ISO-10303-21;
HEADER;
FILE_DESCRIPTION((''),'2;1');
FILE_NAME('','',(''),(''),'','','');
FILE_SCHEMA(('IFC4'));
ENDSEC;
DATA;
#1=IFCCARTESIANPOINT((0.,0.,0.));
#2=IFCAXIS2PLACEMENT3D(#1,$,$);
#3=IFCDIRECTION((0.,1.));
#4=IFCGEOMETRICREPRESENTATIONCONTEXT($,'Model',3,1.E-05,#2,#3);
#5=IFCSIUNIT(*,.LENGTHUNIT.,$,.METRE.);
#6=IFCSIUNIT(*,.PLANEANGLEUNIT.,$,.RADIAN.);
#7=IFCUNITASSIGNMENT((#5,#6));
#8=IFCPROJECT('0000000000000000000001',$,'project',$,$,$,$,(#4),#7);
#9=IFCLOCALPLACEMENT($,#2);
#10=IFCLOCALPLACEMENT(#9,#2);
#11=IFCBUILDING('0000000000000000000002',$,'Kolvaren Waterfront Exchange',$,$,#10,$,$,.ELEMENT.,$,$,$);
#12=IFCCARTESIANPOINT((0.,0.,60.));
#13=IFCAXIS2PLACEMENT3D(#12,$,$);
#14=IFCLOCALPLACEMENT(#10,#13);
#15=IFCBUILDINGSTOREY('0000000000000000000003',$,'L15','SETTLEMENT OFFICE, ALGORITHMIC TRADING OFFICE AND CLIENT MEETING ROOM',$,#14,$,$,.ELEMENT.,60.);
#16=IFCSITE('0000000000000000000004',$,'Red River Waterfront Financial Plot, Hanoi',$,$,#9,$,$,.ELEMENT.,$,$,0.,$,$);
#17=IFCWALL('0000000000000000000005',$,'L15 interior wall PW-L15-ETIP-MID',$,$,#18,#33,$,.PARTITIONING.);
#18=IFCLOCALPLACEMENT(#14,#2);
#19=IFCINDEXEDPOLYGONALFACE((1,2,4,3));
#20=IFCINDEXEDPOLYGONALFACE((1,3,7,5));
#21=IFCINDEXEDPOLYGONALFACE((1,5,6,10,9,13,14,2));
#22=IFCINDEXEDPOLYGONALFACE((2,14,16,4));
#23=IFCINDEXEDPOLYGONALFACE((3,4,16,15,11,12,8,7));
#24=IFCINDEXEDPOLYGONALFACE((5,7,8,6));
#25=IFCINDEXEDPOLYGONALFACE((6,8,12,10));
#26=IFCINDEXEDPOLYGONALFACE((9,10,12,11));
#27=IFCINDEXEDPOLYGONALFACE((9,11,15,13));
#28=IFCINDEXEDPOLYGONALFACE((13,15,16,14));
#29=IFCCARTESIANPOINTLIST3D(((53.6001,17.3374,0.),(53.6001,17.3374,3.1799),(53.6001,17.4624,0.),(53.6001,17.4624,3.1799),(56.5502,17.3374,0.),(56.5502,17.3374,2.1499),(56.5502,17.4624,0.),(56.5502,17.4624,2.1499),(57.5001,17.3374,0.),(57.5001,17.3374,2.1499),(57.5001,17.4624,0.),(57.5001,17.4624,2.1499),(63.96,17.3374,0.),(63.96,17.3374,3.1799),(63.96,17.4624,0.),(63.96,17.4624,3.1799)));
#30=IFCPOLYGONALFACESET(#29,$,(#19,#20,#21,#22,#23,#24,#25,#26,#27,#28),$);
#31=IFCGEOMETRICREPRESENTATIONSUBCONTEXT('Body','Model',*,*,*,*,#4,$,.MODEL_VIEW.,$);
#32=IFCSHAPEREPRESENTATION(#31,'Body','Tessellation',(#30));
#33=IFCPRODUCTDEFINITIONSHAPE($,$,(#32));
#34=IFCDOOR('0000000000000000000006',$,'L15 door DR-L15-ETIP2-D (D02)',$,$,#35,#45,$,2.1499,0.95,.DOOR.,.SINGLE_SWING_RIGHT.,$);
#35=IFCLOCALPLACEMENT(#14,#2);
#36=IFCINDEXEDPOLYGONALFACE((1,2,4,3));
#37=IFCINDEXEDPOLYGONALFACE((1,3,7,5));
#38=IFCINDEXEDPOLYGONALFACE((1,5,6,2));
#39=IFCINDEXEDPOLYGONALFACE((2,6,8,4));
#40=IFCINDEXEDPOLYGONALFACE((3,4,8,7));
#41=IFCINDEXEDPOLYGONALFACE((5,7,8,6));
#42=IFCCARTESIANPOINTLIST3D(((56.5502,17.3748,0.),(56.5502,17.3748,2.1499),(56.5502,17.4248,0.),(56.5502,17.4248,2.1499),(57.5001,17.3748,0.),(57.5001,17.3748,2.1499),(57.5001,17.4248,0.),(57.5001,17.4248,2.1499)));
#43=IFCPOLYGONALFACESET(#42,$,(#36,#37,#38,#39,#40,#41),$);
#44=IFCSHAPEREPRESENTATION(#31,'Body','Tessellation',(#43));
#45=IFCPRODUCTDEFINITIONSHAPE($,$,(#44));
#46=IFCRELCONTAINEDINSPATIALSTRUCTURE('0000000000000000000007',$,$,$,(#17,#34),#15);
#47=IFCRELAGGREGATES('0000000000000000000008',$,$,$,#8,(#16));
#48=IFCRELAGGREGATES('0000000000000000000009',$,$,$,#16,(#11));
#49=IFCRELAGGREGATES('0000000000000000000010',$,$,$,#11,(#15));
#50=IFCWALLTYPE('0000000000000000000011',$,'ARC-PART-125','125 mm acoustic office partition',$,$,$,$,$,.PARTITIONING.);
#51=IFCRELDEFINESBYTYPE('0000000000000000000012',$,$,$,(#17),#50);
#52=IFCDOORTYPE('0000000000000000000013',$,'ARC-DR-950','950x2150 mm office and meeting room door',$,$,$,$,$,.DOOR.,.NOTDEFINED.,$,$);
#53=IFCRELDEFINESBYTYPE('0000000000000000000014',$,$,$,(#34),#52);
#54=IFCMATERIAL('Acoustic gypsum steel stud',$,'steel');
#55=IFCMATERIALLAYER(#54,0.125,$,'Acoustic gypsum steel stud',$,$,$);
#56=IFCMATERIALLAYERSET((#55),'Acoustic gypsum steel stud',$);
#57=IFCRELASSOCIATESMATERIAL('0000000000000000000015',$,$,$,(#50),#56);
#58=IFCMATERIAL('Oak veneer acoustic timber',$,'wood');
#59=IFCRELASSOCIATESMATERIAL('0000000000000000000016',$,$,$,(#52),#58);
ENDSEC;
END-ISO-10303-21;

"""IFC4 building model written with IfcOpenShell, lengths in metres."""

from ifc_helpers import new_model, si_unit, direction, frame, frame_2d, origin, place, context, subcontext, project, spatial, rectangle, extrude, material, layer, layer_set, type_object, element, fill, save


model = new_model("IFC4")

# Units and contexts
model_context = context("Model", 3, precision=1e-05, world=origin(), true_north=direction((0.0, 1.0)))
body_context = subcontext(model_context, "Body", "Model", "MODEL_VIEW")
ifc_project = project(units=[si_unit("LENGTHUNIT", "METRE"), si_unit("PLANEANGLEUNIT", "RADIAN")], contexts=[model_context])

# Site, building, storey
site_placement = place(None, origin())
site = spatial("IfcSite", under=ifc_project, at=site_placement, Name="Red River Waterfront Financial Plot, Hanoi", CompositionType="ELEMENT", RefElevation=0.0)
building_placement = place(site_placement, origin())
building = spatial("IfcBuilding", under=site, at=building_placement, Name="Kolvaren Waterfront Exchange", CompositionType="ELEMENT")
storey_placement = place(building_placement, frame((0.0, 0.0, 60.0)))
storey = spatial("IfcBuildingStorey", under=building, at=storey_placement, Name="L15", Description="SETTLEMENT OFFICE, ALGORITHMIC TRADING OFFICE AND CLIENT MEETING ROOM", CompositionType="ELEMENT", Elevation=60.0)

# Wall, opening, door
ifc_material_1 = material(Name="Acoustic gypsum steel stud", Category="steel")
ifc_layer_1 = layer(ifc_material_1, 0.125, Name="Acoustic gypsum steel stud")
ifc_layer_set_1 = layer_set([ifc_layer_1], Name="Acoustic gypsum steel stud")
wall_type_1 = type_object("IfcWallType", Name="ARC-PART-125", Description="125 mm acoustic office partition", PredefinedType="PARTITIONING", material=ifc_layer_set_1)
wall_1_placement = place(storey_placement, frame((53.6001, 17.3999, 0.0), z_axis=(0.0, 0.0, 1.0), x_axis=(1.0, 0.0, 0.0)))
wall_1 = element("IfcWall", 1, at=wall_1_placement, inside=storey, type_object=wall_type_1, Name="L15 interior wall PW-L15-ETIP-MID", PredefinedType="PARTITIONING", context=body_context, shape_type="SweptSolid", body=[
    extrude(rectangle(XDim=10.3599, YDim=0.125, at=frame_2d((5.1799, 0.0))), origin(), (0.0, 0.0, 1.0), 3.1799),
])
opening_placement = place(wall_1_placement, frame((2.95, 0.0, 0.0)))
opening = element("IfcOpeningElement", 2, at=opening_placement, cuts=wall_1, PredefinedType="OPENING", context=body_context, shape_type="SweptSolid", body=[
    extrude(rectangle(XDim=0.95, YDim=2.1499, at=frame_2d((0.4751, 1.075))), frame((0.0, 0.0725, 0.0), z_axis=(0.0, -1.0, 0.0), x_axis=(1.0, 0.0, 0.0)), (0.0, 0.0, 1.0), 0.145),
])
ifc_material_2 = material(Name="Oak veneer acoustic timber", Category="wood")
door_type = type_object("IfcDoorType", Name="ARC-DR-950", Description="950x2150 mm office and meeting room door", OperationType="NOTDEFINED", PredefinedType="DOOR", material=ifc_material_2)
door_placement = place(opening_placement, origin())
door = element("IfcDoor", 3, at=door_placement, inside=storey, type_object=door_type, Name="L15 door DR-L15-ETIP2-D (D02)", OperationType="SINGLE_SWING_RIGHT", OverallHeight=2.1499, OverallWidth=0.95, PredefinedType="DOOR", context=body_context, shape_type="SweptSolid", body=[
    extrude(rectangle(XDim=0.95, YDim=2.1499, at=frame_2d((0.4751, 1.075))), frame((0.0, 0.0249, 0.0), z_axis=(0.0, -1.0, 0.0), x_axis=(1.0, 0.0, 0.0)), (0.0, 0.0, 1.0), 0.05),
])
fill(opening, door)

save(model, "model.ifc")
